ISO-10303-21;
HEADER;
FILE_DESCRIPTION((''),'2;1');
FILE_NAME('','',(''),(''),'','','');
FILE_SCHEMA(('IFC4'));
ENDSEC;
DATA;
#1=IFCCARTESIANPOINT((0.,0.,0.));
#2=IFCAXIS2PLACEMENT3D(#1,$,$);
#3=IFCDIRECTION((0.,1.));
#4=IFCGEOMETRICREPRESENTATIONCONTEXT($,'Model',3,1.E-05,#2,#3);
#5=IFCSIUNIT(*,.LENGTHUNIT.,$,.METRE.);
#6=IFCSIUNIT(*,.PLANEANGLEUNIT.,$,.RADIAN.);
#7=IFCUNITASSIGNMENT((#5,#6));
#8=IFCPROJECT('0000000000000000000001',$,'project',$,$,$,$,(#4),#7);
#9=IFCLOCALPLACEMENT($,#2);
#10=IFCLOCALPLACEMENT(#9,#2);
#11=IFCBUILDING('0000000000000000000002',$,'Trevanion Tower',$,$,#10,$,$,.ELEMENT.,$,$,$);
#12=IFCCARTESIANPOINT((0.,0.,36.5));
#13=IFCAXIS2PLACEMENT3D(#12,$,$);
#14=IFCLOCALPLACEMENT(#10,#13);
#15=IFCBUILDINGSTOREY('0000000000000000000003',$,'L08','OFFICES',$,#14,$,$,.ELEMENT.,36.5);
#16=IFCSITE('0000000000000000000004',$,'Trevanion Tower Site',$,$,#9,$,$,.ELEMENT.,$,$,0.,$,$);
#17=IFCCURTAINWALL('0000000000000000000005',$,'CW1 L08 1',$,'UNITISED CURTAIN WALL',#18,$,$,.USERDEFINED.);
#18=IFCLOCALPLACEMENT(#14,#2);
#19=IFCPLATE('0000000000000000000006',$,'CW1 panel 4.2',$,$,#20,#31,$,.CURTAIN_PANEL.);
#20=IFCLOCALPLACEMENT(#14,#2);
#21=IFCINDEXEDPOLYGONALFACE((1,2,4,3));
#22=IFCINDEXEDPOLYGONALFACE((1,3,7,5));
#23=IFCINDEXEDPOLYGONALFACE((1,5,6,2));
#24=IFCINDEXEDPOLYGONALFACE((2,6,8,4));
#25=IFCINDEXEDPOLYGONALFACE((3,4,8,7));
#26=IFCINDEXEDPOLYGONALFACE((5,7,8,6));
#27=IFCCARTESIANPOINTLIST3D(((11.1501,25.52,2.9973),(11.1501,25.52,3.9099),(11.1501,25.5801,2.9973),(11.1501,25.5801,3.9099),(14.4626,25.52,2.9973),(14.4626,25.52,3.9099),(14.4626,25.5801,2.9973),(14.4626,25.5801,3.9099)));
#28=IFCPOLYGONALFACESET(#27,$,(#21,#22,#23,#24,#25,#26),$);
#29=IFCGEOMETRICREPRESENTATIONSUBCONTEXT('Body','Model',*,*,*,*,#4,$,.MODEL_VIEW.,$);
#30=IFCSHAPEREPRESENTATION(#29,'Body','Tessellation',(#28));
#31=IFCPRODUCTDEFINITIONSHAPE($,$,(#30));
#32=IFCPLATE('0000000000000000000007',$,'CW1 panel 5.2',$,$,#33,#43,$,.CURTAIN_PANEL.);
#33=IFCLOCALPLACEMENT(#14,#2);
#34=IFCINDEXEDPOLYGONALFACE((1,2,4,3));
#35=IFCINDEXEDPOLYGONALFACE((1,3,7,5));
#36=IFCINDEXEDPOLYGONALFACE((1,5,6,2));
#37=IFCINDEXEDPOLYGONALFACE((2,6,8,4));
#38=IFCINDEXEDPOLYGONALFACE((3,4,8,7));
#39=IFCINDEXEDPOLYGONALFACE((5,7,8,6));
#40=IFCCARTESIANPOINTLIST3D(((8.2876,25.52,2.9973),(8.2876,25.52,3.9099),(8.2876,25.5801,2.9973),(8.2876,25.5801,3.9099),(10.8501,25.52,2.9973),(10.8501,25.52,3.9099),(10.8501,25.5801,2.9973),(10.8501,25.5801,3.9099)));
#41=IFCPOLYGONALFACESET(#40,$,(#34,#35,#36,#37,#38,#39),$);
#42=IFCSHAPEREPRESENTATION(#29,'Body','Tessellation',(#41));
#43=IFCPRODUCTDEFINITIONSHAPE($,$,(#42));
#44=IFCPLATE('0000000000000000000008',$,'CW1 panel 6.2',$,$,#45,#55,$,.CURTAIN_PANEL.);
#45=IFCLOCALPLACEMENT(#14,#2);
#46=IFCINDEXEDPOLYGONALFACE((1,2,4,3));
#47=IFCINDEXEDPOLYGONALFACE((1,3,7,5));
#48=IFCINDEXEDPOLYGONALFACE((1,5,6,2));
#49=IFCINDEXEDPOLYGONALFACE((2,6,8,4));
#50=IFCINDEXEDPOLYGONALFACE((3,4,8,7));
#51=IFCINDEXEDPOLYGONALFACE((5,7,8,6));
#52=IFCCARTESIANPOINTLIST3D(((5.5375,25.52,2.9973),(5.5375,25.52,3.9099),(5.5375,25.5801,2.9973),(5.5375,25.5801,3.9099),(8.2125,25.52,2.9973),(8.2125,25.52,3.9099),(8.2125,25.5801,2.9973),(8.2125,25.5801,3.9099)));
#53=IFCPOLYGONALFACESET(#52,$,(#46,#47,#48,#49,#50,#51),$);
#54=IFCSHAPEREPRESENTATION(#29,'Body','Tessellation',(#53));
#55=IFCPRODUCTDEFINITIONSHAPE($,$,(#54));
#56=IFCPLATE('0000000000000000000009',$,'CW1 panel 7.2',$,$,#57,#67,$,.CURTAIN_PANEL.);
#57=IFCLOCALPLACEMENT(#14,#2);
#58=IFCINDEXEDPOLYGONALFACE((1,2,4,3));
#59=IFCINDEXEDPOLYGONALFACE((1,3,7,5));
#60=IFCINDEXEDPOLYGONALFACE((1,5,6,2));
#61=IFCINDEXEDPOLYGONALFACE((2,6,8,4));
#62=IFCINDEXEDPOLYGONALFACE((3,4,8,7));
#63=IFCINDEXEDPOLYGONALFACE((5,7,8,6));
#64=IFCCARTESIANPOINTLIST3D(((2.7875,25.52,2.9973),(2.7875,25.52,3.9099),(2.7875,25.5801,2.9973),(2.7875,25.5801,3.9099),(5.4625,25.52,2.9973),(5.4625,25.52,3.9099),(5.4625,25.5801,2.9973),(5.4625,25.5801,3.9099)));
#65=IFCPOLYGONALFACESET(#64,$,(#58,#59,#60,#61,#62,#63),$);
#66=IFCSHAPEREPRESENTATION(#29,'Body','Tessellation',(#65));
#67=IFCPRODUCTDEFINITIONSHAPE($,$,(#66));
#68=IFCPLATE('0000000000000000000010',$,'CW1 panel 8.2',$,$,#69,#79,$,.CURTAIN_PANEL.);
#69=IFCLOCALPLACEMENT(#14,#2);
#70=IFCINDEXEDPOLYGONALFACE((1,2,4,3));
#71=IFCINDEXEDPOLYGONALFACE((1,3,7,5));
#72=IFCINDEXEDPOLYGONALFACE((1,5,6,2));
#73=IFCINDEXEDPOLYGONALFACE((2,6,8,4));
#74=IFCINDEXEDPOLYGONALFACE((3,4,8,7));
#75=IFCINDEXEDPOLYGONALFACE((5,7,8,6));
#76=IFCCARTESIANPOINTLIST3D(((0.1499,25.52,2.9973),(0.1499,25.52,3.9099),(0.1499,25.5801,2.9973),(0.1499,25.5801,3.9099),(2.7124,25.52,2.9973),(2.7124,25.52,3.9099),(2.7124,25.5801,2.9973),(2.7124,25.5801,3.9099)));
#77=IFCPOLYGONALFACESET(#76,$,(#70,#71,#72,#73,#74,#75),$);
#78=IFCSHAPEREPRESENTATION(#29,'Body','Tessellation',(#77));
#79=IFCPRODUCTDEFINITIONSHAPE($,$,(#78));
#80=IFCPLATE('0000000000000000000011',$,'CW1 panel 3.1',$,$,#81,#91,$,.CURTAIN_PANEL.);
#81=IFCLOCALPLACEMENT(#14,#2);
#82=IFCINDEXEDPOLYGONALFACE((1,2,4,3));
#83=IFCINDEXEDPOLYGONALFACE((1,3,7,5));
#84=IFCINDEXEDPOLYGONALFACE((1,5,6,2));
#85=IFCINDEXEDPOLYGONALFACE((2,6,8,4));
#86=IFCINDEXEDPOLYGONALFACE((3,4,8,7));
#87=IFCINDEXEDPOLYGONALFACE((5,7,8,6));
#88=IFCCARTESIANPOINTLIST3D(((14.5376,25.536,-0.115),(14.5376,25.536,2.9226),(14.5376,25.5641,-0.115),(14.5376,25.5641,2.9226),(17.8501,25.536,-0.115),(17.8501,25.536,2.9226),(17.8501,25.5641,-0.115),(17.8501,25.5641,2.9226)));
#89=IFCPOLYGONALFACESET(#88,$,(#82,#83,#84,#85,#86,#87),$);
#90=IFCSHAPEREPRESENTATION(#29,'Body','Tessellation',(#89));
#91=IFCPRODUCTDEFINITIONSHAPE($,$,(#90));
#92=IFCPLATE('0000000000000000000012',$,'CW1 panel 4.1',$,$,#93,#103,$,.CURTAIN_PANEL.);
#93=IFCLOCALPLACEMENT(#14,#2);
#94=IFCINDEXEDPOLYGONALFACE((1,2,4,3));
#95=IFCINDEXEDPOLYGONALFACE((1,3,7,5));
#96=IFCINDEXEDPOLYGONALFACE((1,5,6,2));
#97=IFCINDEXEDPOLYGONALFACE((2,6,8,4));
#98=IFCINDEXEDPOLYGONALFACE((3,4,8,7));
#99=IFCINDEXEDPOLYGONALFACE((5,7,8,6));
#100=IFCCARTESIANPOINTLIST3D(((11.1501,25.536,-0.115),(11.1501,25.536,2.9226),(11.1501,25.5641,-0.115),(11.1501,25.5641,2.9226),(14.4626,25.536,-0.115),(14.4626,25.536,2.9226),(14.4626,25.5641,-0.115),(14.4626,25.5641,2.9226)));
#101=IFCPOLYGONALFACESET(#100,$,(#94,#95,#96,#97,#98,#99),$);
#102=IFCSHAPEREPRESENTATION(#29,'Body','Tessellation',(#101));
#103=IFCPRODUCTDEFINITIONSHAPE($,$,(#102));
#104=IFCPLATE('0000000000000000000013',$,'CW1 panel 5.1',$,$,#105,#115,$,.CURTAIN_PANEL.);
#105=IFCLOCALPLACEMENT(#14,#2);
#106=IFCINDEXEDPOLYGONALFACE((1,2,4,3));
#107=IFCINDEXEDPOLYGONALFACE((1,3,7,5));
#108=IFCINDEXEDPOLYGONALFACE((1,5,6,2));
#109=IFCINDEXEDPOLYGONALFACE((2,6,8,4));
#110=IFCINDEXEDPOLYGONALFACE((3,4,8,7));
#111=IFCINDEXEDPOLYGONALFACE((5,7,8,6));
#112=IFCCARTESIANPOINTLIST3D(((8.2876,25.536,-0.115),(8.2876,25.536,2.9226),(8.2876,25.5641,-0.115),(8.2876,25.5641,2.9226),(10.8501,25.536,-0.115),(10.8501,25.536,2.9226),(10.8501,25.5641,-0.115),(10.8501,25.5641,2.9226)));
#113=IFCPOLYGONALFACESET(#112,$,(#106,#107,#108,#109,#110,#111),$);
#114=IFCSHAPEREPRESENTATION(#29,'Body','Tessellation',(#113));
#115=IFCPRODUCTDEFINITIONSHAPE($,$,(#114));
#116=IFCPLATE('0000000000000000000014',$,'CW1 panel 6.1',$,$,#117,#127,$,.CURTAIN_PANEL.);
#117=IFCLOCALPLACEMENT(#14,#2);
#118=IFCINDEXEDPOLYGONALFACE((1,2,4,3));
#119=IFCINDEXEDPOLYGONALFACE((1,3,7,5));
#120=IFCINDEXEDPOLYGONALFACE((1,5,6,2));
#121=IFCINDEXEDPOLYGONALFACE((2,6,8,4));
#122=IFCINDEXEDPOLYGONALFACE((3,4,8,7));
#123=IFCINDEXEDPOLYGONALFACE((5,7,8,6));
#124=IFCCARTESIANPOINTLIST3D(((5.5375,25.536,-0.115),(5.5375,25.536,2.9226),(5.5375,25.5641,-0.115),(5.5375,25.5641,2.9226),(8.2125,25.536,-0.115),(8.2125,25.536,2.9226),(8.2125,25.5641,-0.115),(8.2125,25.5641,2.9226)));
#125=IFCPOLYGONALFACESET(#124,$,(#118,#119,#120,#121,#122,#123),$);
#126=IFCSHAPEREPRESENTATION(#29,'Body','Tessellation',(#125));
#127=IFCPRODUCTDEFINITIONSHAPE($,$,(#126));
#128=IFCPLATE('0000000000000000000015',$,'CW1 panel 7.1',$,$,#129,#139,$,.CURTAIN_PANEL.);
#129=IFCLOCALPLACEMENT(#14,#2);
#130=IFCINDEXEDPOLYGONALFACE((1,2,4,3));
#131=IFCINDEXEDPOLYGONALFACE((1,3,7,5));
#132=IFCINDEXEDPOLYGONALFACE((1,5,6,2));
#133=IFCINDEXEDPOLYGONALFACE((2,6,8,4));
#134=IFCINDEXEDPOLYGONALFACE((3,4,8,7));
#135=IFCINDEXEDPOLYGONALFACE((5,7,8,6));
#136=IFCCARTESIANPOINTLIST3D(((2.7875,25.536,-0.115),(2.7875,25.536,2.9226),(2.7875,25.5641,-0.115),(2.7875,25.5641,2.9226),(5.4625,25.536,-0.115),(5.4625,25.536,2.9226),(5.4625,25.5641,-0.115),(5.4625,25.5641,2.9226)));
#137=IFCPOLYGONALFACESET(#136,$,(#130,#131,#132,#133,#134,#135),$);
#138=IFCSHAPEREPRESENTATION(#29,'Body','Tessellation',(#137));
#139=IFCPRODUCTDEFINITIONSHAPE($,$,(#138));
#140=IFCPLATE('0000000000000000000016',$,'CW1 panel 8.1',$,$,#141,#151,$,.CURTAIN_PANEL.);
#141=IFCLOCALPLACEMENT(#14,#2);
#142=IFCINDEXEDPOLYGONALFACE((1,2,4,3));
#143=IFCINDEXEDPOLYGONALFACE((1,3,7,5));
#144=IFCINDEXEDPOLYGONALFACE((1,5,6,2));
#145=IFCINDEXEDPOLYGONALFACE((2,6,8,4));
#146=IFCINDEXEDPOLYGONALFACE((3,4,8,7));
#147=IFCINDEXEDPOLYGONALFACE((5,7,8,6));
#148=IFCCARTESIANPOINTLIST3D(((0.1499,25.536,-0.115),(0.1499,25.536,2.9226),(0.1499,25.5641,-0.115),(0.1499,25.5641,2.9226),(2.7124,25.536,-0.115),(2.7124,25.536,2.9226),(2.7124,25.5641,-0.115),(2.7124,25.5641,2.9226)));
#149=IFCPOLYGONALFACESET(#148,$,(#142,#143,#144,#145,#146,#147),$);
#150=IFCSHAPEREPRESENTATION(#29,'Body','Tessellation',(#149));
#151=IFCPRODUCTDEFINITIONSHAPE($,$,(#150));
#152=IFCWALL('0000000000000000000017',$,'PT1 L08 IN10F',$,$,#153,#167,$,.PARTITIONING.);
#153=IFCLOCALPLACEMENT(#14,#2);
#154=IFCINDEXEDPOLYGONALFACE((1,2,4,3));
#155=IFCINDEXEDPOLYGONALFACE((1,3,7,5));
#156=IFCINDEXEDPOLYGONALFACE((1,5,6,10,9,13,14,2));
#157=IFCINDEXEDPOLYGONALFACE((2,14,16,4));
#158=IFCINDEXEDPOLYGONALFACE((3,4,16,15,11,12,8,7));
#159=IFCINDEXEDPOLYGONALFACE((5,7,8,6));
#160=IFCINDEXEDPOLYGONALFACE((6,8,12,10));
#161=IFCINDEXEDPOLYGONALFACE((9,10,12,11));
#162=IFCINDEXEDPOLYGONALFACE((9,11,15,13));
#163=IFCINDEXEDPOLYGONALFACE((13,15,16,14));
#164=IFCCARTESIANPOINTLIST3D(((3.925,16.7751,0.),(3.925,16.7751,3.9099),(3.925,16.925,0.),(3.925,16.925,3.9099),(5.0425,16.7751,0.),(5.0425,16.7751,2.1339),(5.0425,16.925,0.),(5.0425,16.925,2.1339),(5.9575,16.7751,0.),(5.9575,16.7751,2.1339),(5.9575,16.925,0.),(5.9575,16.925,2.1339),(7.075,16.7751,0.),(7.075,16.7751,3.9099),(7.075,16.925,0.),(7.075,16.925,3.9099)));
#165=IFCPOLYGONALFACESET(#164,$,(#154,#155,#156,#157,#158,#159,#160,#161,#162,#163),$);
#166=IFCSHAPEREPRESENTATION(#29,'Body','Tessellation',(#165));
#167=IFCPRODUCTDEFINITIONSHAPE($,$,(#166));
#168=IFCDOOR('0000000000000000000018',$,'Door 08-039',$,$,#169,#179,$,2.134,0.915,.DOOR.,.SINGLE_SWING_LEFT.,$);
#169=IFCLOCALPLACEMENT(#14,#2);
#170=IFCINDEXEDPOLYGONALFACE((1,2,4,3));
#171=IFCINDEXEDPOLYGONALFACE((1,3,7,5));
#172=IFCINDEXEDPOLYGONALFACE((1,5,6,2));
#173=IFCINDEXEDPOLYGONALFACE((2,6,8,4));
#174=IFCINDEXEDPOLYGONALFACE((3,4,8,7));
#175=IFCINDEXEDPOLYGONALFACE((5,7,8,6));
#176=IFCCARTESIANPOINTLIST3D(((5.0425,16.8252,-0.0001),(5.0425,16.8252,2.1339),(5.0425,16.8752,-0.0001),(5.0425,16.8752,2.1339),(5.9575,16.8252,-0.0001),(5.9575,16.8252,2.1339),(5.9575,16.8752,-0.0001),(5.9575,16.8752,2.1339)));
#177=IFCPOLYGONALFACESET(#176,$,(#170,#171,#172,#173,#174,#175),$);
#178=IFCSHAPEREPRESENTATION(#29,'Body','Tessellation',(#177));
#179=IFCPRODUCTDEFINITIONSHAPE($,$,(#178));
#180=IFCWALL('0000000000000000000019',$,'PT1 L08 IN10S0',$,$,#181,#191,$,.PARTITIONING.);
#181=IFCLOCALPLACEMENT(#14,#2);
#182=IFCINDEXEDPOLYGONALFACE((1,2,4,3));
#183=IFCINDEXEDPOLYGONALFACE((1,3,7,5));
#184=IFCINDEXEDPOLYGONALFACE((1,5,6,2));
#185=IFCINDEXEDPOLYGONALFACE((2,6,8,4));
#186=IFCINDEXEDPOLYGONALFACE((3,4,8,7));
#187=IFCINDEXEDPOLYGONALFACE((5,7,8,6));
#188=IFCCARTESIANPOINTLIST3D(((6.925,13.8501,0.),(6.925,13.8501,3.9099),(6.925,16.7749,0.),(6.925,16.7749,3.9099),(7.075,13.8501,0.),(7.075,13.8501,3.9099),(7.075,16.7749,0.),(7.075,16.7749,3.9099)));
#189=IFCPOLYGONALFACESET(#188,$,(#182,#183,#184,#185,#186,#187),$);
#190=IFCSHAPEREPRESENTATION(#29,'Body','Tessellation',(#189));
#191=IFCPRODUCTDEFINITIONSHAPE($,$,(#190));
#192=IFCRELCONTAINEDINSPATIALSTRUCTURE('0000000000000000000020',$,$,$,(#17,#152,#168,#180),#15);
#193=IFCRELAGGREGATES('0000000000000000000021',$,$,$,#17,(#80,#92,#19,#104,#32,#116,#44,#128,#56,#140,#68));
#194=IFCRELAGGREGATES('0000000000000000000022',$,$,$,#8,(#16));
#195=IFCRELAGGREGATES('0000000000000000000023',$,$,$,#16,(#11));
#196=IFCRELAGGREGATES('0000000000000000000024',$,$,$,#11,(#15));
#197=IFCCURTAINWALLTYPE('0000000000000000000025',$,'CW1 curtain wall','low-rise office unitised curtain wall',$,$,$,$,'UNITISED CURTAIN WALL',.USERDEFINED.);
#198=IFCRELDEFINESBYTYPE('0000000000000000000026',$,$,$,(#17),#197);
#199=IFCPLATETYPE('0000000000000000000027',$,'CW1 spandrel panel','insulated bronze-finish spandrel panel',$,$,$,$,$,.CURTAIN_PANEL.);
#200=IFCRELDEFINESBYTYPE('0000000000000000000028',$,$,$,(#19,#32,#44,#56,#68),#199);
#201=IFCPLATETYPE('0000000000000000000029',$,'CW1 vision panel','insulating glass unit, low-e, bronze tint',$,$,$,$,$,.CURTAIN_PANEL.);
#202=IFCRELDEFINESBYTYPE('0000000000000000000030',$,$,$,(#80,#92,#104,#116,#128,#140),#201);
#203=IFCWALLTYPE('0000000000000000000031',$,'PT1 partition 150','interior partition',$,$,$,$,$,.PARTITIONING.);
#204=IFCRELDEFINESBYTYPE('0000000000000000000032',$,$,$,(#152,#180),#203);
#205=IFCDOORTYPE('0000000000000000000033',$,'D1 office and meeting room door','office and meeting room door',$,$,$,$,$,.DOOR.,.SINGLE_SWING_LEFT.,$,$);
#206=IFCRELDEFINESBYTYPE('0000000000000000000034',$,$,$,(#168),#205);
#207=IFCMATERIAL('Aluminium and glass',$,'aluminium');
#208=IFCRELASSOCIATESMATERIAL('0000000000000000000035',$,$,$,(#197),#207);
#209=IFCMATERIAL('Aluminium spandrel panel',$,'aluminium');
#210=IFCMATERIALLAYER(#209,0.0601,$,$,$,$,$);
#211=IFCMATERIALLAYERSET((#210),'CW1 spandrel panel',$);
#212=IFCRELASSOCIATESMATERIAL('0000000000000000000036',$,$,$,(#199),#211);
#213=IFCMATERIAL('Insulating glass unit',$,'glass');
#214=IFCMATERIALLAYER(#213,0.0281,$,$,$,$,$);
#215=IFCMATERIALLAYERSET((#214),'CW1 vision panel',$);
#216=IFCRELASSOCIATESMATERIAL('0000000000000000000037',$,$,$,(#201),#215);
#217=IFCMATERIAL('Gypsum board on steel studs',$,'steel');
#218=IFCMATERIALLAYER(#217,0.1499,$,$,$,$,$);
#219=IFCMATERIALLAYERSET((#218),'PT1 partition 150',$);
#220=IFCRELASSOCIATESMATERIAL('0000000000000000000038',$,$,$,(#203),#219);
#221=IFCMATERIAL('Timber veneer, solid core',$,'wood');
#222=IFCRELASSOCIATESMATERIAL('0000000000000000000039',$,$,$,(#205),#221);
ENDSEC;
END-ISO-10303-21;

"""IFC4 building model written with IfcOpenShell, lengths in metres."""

from ifc_helpers import new_model, si_unit, direction, frame, frame_2d, origin, origin_2d, place, context, subcontext, project, spatial, rectangle, extrude, material, layer, layer_set, type_object, element, fill, aggregate, save


model = new_model("IFC4")

# Units and contexts
model_context = context("Model", 3, precision=1e-05, world=origin(), true_north=direction((0.0, 1.0)))
body_context = subcontext(model_context, "Body", "Model", "MODEL_VIEW")
ifc_project = project(units=[si_unit("LENGTHUNIT", "METRE"), si_unit("PLANEANGLEUNIT", "RADIAN")], contexts=[model_context])

# Site, building, storey
site_placement = place(None, origin())
site = spatial("IfcSite", under=ifc_project, at=site_placement, Name="Trevanion Tower Site", CompositionType="ELEMENT", RefElevation=0.0)
building_placement = place(site_placement, origin())
building = spatial("IfcBuilding", under=site, at=building_placement, Name="Trevanion Tower", CompositionType="ELEMENT")
storey_placement = place(building_placement, frame((0.0, 0.0, 36.5)))
storey = spatial("IfcBuildingStorey", under=building, at=storey_placement, Name="L08", Description="OFFICES", CompositionType="ELEMENT", Elevation=36.5)

# Curtain wall
ifc_material_1 = material(Name="Aluminium and glass", Category="aluminium")
curtain_wall_type = type_object("IfcCurtainWallType", Name="CW1 curtain wall", Description="low-rise office unitised curtain wall", ElementType="UNITISED CURTAIN WALL", PredefinedType="USERDEFINED", material=ifc_material_1)
curtain_wall_placement = place(storey_placement, origin())
curtain_wall = element("IfcCurtainWall", 1, at=curtain_wall_placement, inside=storey, type_object=curtain_wall_type, Name="CW1 L08 1", ObjectType="UNITISED CURTAIN WALL", PredefinedType="USERDEFINED")

# Plates
ifc_material_2 = material(Name="Aluminium spandrel panel", Category="aluminium")
ifc_layer_1 = layer(ifc_material_2, 0.0601)
ifc_layer_set_1 = layer_set([ifc_layer_1], Name="CW1 spandrel panel")
plate_type_1 = type_object("IfcPlateType", Name="CW1 spandrel panel", Description="insulated bronze-finish spandrel panel", PredefinedType="CURTAIN_PANEL", material=ifc_layer_set_1)
plate_1_placement = place(storey_placement, frame((12.8064, 25.55, 2.9973), z_axis=(0.0, 0.0, 1.0), x_axis=(-1.0, 0.0, 0.0)))
plate_1 = element("IfcPlate", 2, at=plate_1_placement, type_object=plate_type_1, Name="CW1 panel 4.2", PredefinedType="CURTAIN_PANEL", context=body_context, shape_type="SweptSolid", body=[
    extrude(rectangle(XDim=3.3125, YDim=0.0601, at=origin_2d()), origin(), (0.0, 0.0, 1.0), 0.9126),
])
plate_2_placement = place(storey_placement, frame((9.5688, 25.55, 2.9973), z_axis=(0.0, 0.0, 1.0), x_axis=(-1.0, 0.0, 0.0)))
plate_2 = element("IfcPlate", 3, at=plate_2_placement, type_object=plate_type_1, Name="CW1 panel 5.2", PredefinedType="CURTAIN_PANEL", context=body_context, shape_type="SweptSolid", body=[
    extrude(rectangle(XDim=2.5625, YDim=0.0601, at=origin_2d()), origin(), (0.0, 0.0, 1.0), 0.9126),
])
plate_3_placement = place(storey_placement, frame((6.875, 25.55, 2.9973), z_axis=(0.0, 0.0, 1.0), x_axis=(-1.0, 0.0, 0.0)))
plate_3 = element("IfcPlate", 4, at=plate_3_placement, type_object=plate_type_1, Name="CW1 panel 6.2", PredefinedType="CURTAIN_PANEL", context=body_context, shape_type="SweptSolid", body=[
    extrude(rectangle(XDim=2.675, YDim=0.0601, at=origin_2d()), origin(), (0.0, 0.0, 1.0), 0.9126),
])
plate_4_placement = place(storey_placement, frame((4.125, 25.55, 2.9973), z_axis=(0.0, 0.0, 1.0), x_axis=(-1.0, 0.0, 0.0)))
plate_4 = element("IfcPlate", 5, at=plate_4_placement, type_object=plate_type_1, Name="CW1 panel 7.2", PredefinedType="CURTAIN_PANEL", context=body_context, shape_type="SweptSolid", body=[
    extrude(rectangle(XDim=2.675, YDim=0.0601, at=origin_2d()), origin(), (0.0, 0.0, 1.0), 0.9126),
])
plate_5_placement = place(storey_placement, frame((1.4312, 25.55, 2.9973), z_axis=(0.0, 0.0, 1.0), x_axis=(-1.0, 0.0, 0.0)))
plate_5 = element("IfcPlate", 6, at=plate_5_placement, type_object=plate_type_1, Name="CW1 panel 8.2", PredefinedType="CURTAIN_PANEL", context=body_context, shape_type="SweptSolid", body=[
    extrude(rectangle(XDim=2.5625, YDim=0.0601, at=origin_2d()), origin(), (0.0, 0.0, 1.0), 0.9126),
])
ifc_material_3 = material(Name="Insulating glass unit", Category="glass")
ifc_layer_2 = layer(ifc_material_3, 0.0281)
ifc_layer_set_2 = layer_set([ifc_layer_2], Name="CW1 vision panel")
plate_type_2 = type_object("IfcPlateType", Name="CW1 vision panel", Description="insulating glass unit, low-e, bronze tint", PredefinedType="CURTAIN_PANEL", material=ifc_layer_set_2)
plate_6_placement = place(storey_placement, frame((16.1938, 25.55, -0.115), z_axis=(0.0, 0.0, 1.0), x_axis=(-1.0, 0.0, 0.0)))
plate_6 = element("IfcPlate", 7, at=plate_6_placement, type_object=plate_type_2, Name="CW1 panel 3.1", PredefinedType="CURTAIN_PANEL", context=body_context, shape_type="SweptSolid", body=[
    extrude(rectangle(XDim=3.3125, YDim=0.0281, at=origin_2d()), origin(), (0.0, 0.0, 1.0), 3.0376),
])
plate_7_placement = place(storey_placement, frame((12.8064, 25.55, -0.115), z_axis=(0.0, 0.0, 1.0), x_axis=(-1.0, 0.0, 0.0)))
plate_7 = element("IfcPlate", 8, at=plate_7_placement, type_object=plate_type_2, Name="CW1 panel 4.1", PredefinedType="CURTAIN_PANEL", context=body_context, shape_type="SweptSolid", body=[
    extrude(rectangle(XDim=3.3125, YDim=0.0281, at=origin_2d()), origin(), (0.0, 0.0, 1.0), 3.0376),
])
plate_8_placement = place(storey_placement, frame((9.5688, 25.55, -0.115), z_axis=(0.0, 0.0, 1.0), x_axis=(-1.0, 0.0, 0.0)))
plate_8 = element("IfcPlate", 9, at=plate_8_placement, type_object=plate_type_2, Name="CW1 panel 5.1", PredefinedType="CURTAIN_PANEL", context=body_context, shape_type="SweptSolid", body=[
    extrude(rectangle(XDim=2.5625, YDim=0.0281, at=origin_2d()), origin(), (0.0, 0.0, 1.0), 3.0376),
])
plate_9_placement = place(storey_placement, frame((6.875, 25.55, -0.115), z_axis=(0.0, 0.0, 1.0), x_axis=(-1.0, 0.0, 0.0)))
plate_9 = element("IfcPlate", 10, at=plate_9_placement, type_object=plate_type_2, Name="CW1 panel 6.1", PredefinedType="CURTAIN_PANEL", context=body_context, shape_type="SweptSolid", body=[
    extrude(rectangle(XDim=2.675, YDim=0.0281, at=origin_2d()), origin(), (0.0, 0.0, 1.0), 3.0376),
])
plate_10_placement = place(storey_placement, frame((4.125, 25.55, -0.115), z_axis=(0.0, 0.0, 1.0), x_axis=(-1.0, 0.0, 0.0)))
plate_10 = element("IfcPlate", 11, at=plate_10_placement, type_object=plate_type_2, Name="CW1 panel 7.1", PredefinedType="CURTAIN_PANEL", context=body_context, shape_type="SweptSolid", body=[
    extrude(rectangle(XDim=2.675, YDim=0.0281, at=origin_2d()), origin(), (0.0, 0.0, 1.0), 3.0376),
])
plate_11_placement = place(storey_placement, frame((1.4312, 25.55, -0.115), z_axis=(0.0, 0.0, 1.0), x_axis=(-1.0, 0.0, 0.0)))
plate_11 = element("IfcPlate", 12, at=plate_11_placement, type_object=plate_type_2, Name="CW1 panel 8.1", PredefinedType="CURTAIN_PANEL", context=body_context, shape_type="SweptSolid", body=[
    extrude(rectangle(XDim=2.5625, YDim=0.0281, at=origin_2d()), origin(), (0.0, 0.0, 1.0), 3.0376),
])
aggregate(curtain_wall, [plate_6, plate_7, plate_1, plate_8, plate_2, plate_9, plate_3, plate_10, plate_4, plate_11, plate_5])

# Wall, opening, door
ifc_material_4 = material(Name="Gypsum board on steel studs", Category="steel")
ifc_layer_3 = layer(ifc_material_4, 0.1499)
ifc_layer_set_3 = layer_set([ifc_layer_3], Name="PT1 partition 150")
wall_type_1 = type_object("IfcWallType", Name="PT1 partition 150", Description="interior partition", PredefinedType="PARTITIONING", material=ifc_layer_set_3)
wall_1_placement = place(storey_placement, frame((7.075, 16.8501, 0.0), z_axis=(0.0, 0.0, 1.0), x_axis=(-1.0, 0.0, 0.0)))
wall_1 = element("IfcWall", 13, at=wall_1_placement, inside=storey, type_object=wall_type_1, Name="PT1 L08 IN10F", PredefinedType="PARTITIONING", context=body_context, shape_type="SweptSolid", body=[
    extrude(rectangle(XDim=3.1499, YDim=0.1499, at=frame_2d((1.575, 0.0))), origin(), (0.0, 0.0, 1.0), 3.9099),
])
opening_placement = place(wall_1_placement, frame((1.1174, 0.0, 0.0)))
opening = element("IfcOpeningElement", 14, at=opening_placement, cuts=wall_1, PredefinedType="OPENING", context=body_context, shape_type="SweptSolid", body=[
    extrude(rectangle(XDim=0.915, YDim=2.134, at=frame_2d((0.4575, 1.0669))), frame((0.0, 0.085, 0.0), z_axis=(0.0, -1.0, 0.0), x_axis=(1.0, 0.0, 0.0)), (0.0, 0.0, 1.0), 0.1699),
])
ifc_material_5 = material(Name="Timber veneer, solid core", Category="wood")
door_type = type_object("IfcDoorType", Name="D1 office and meeting room door", Description="office and meeting room door", OperationType="SINGLE_SWING_LEFT", PredefinedType="DOOR", material=ifc_material_5)
door_placement = place(opening_placement, origin())
door = element("IfcDoor", 15, at=door_placement, inside=storey, type_object=door_type, Name="Door 08-039", OperationType="SINGLE_SWING_LEFT", OverallHeight=2.134, OverallWidth=0.915, PredefinedType="DOOR", context=body_context, shape_type="SweptSolid", body=[
    extrude(rectangle(XDim=0.915, YDim=2.134, at=frame_2d((0.4575, 1.0669))), frame((0.0, 0.0249, 0.0), z_axis=(0.0, -1.0, 0.0), x_axis=(1.0, 0.0, 0.0)), (0.0, 0.0, 1.0), 0.05),
])
fill(opening, door)

# Wall
for number, where, z_axis, x_axis, name in (
    (16, (7.0, 16.7749, 0.0), (0.0, 0.0, 1.0), (0.0, -1.0, 0.0), "PT1 L08 IN10S0"),
):
    element("IfcWall", number, at=place(storey_placement, frame(where, z_axis=z_axis, x_axis=x_axis)), inside=storey, type_object=wall_type_1, Name=name, PredefinedType="PARTITIONING", context=body_context, shape_type="SweptSolid", body=[
        extrude(rectangle(XDim=2.9248, YDim=0.1499, at=frame_2d((1.4624, 0.0))), origin(), (0.0, 0.0, 1.0), 3.9099),
    ])

save(model, "model.ifc")
